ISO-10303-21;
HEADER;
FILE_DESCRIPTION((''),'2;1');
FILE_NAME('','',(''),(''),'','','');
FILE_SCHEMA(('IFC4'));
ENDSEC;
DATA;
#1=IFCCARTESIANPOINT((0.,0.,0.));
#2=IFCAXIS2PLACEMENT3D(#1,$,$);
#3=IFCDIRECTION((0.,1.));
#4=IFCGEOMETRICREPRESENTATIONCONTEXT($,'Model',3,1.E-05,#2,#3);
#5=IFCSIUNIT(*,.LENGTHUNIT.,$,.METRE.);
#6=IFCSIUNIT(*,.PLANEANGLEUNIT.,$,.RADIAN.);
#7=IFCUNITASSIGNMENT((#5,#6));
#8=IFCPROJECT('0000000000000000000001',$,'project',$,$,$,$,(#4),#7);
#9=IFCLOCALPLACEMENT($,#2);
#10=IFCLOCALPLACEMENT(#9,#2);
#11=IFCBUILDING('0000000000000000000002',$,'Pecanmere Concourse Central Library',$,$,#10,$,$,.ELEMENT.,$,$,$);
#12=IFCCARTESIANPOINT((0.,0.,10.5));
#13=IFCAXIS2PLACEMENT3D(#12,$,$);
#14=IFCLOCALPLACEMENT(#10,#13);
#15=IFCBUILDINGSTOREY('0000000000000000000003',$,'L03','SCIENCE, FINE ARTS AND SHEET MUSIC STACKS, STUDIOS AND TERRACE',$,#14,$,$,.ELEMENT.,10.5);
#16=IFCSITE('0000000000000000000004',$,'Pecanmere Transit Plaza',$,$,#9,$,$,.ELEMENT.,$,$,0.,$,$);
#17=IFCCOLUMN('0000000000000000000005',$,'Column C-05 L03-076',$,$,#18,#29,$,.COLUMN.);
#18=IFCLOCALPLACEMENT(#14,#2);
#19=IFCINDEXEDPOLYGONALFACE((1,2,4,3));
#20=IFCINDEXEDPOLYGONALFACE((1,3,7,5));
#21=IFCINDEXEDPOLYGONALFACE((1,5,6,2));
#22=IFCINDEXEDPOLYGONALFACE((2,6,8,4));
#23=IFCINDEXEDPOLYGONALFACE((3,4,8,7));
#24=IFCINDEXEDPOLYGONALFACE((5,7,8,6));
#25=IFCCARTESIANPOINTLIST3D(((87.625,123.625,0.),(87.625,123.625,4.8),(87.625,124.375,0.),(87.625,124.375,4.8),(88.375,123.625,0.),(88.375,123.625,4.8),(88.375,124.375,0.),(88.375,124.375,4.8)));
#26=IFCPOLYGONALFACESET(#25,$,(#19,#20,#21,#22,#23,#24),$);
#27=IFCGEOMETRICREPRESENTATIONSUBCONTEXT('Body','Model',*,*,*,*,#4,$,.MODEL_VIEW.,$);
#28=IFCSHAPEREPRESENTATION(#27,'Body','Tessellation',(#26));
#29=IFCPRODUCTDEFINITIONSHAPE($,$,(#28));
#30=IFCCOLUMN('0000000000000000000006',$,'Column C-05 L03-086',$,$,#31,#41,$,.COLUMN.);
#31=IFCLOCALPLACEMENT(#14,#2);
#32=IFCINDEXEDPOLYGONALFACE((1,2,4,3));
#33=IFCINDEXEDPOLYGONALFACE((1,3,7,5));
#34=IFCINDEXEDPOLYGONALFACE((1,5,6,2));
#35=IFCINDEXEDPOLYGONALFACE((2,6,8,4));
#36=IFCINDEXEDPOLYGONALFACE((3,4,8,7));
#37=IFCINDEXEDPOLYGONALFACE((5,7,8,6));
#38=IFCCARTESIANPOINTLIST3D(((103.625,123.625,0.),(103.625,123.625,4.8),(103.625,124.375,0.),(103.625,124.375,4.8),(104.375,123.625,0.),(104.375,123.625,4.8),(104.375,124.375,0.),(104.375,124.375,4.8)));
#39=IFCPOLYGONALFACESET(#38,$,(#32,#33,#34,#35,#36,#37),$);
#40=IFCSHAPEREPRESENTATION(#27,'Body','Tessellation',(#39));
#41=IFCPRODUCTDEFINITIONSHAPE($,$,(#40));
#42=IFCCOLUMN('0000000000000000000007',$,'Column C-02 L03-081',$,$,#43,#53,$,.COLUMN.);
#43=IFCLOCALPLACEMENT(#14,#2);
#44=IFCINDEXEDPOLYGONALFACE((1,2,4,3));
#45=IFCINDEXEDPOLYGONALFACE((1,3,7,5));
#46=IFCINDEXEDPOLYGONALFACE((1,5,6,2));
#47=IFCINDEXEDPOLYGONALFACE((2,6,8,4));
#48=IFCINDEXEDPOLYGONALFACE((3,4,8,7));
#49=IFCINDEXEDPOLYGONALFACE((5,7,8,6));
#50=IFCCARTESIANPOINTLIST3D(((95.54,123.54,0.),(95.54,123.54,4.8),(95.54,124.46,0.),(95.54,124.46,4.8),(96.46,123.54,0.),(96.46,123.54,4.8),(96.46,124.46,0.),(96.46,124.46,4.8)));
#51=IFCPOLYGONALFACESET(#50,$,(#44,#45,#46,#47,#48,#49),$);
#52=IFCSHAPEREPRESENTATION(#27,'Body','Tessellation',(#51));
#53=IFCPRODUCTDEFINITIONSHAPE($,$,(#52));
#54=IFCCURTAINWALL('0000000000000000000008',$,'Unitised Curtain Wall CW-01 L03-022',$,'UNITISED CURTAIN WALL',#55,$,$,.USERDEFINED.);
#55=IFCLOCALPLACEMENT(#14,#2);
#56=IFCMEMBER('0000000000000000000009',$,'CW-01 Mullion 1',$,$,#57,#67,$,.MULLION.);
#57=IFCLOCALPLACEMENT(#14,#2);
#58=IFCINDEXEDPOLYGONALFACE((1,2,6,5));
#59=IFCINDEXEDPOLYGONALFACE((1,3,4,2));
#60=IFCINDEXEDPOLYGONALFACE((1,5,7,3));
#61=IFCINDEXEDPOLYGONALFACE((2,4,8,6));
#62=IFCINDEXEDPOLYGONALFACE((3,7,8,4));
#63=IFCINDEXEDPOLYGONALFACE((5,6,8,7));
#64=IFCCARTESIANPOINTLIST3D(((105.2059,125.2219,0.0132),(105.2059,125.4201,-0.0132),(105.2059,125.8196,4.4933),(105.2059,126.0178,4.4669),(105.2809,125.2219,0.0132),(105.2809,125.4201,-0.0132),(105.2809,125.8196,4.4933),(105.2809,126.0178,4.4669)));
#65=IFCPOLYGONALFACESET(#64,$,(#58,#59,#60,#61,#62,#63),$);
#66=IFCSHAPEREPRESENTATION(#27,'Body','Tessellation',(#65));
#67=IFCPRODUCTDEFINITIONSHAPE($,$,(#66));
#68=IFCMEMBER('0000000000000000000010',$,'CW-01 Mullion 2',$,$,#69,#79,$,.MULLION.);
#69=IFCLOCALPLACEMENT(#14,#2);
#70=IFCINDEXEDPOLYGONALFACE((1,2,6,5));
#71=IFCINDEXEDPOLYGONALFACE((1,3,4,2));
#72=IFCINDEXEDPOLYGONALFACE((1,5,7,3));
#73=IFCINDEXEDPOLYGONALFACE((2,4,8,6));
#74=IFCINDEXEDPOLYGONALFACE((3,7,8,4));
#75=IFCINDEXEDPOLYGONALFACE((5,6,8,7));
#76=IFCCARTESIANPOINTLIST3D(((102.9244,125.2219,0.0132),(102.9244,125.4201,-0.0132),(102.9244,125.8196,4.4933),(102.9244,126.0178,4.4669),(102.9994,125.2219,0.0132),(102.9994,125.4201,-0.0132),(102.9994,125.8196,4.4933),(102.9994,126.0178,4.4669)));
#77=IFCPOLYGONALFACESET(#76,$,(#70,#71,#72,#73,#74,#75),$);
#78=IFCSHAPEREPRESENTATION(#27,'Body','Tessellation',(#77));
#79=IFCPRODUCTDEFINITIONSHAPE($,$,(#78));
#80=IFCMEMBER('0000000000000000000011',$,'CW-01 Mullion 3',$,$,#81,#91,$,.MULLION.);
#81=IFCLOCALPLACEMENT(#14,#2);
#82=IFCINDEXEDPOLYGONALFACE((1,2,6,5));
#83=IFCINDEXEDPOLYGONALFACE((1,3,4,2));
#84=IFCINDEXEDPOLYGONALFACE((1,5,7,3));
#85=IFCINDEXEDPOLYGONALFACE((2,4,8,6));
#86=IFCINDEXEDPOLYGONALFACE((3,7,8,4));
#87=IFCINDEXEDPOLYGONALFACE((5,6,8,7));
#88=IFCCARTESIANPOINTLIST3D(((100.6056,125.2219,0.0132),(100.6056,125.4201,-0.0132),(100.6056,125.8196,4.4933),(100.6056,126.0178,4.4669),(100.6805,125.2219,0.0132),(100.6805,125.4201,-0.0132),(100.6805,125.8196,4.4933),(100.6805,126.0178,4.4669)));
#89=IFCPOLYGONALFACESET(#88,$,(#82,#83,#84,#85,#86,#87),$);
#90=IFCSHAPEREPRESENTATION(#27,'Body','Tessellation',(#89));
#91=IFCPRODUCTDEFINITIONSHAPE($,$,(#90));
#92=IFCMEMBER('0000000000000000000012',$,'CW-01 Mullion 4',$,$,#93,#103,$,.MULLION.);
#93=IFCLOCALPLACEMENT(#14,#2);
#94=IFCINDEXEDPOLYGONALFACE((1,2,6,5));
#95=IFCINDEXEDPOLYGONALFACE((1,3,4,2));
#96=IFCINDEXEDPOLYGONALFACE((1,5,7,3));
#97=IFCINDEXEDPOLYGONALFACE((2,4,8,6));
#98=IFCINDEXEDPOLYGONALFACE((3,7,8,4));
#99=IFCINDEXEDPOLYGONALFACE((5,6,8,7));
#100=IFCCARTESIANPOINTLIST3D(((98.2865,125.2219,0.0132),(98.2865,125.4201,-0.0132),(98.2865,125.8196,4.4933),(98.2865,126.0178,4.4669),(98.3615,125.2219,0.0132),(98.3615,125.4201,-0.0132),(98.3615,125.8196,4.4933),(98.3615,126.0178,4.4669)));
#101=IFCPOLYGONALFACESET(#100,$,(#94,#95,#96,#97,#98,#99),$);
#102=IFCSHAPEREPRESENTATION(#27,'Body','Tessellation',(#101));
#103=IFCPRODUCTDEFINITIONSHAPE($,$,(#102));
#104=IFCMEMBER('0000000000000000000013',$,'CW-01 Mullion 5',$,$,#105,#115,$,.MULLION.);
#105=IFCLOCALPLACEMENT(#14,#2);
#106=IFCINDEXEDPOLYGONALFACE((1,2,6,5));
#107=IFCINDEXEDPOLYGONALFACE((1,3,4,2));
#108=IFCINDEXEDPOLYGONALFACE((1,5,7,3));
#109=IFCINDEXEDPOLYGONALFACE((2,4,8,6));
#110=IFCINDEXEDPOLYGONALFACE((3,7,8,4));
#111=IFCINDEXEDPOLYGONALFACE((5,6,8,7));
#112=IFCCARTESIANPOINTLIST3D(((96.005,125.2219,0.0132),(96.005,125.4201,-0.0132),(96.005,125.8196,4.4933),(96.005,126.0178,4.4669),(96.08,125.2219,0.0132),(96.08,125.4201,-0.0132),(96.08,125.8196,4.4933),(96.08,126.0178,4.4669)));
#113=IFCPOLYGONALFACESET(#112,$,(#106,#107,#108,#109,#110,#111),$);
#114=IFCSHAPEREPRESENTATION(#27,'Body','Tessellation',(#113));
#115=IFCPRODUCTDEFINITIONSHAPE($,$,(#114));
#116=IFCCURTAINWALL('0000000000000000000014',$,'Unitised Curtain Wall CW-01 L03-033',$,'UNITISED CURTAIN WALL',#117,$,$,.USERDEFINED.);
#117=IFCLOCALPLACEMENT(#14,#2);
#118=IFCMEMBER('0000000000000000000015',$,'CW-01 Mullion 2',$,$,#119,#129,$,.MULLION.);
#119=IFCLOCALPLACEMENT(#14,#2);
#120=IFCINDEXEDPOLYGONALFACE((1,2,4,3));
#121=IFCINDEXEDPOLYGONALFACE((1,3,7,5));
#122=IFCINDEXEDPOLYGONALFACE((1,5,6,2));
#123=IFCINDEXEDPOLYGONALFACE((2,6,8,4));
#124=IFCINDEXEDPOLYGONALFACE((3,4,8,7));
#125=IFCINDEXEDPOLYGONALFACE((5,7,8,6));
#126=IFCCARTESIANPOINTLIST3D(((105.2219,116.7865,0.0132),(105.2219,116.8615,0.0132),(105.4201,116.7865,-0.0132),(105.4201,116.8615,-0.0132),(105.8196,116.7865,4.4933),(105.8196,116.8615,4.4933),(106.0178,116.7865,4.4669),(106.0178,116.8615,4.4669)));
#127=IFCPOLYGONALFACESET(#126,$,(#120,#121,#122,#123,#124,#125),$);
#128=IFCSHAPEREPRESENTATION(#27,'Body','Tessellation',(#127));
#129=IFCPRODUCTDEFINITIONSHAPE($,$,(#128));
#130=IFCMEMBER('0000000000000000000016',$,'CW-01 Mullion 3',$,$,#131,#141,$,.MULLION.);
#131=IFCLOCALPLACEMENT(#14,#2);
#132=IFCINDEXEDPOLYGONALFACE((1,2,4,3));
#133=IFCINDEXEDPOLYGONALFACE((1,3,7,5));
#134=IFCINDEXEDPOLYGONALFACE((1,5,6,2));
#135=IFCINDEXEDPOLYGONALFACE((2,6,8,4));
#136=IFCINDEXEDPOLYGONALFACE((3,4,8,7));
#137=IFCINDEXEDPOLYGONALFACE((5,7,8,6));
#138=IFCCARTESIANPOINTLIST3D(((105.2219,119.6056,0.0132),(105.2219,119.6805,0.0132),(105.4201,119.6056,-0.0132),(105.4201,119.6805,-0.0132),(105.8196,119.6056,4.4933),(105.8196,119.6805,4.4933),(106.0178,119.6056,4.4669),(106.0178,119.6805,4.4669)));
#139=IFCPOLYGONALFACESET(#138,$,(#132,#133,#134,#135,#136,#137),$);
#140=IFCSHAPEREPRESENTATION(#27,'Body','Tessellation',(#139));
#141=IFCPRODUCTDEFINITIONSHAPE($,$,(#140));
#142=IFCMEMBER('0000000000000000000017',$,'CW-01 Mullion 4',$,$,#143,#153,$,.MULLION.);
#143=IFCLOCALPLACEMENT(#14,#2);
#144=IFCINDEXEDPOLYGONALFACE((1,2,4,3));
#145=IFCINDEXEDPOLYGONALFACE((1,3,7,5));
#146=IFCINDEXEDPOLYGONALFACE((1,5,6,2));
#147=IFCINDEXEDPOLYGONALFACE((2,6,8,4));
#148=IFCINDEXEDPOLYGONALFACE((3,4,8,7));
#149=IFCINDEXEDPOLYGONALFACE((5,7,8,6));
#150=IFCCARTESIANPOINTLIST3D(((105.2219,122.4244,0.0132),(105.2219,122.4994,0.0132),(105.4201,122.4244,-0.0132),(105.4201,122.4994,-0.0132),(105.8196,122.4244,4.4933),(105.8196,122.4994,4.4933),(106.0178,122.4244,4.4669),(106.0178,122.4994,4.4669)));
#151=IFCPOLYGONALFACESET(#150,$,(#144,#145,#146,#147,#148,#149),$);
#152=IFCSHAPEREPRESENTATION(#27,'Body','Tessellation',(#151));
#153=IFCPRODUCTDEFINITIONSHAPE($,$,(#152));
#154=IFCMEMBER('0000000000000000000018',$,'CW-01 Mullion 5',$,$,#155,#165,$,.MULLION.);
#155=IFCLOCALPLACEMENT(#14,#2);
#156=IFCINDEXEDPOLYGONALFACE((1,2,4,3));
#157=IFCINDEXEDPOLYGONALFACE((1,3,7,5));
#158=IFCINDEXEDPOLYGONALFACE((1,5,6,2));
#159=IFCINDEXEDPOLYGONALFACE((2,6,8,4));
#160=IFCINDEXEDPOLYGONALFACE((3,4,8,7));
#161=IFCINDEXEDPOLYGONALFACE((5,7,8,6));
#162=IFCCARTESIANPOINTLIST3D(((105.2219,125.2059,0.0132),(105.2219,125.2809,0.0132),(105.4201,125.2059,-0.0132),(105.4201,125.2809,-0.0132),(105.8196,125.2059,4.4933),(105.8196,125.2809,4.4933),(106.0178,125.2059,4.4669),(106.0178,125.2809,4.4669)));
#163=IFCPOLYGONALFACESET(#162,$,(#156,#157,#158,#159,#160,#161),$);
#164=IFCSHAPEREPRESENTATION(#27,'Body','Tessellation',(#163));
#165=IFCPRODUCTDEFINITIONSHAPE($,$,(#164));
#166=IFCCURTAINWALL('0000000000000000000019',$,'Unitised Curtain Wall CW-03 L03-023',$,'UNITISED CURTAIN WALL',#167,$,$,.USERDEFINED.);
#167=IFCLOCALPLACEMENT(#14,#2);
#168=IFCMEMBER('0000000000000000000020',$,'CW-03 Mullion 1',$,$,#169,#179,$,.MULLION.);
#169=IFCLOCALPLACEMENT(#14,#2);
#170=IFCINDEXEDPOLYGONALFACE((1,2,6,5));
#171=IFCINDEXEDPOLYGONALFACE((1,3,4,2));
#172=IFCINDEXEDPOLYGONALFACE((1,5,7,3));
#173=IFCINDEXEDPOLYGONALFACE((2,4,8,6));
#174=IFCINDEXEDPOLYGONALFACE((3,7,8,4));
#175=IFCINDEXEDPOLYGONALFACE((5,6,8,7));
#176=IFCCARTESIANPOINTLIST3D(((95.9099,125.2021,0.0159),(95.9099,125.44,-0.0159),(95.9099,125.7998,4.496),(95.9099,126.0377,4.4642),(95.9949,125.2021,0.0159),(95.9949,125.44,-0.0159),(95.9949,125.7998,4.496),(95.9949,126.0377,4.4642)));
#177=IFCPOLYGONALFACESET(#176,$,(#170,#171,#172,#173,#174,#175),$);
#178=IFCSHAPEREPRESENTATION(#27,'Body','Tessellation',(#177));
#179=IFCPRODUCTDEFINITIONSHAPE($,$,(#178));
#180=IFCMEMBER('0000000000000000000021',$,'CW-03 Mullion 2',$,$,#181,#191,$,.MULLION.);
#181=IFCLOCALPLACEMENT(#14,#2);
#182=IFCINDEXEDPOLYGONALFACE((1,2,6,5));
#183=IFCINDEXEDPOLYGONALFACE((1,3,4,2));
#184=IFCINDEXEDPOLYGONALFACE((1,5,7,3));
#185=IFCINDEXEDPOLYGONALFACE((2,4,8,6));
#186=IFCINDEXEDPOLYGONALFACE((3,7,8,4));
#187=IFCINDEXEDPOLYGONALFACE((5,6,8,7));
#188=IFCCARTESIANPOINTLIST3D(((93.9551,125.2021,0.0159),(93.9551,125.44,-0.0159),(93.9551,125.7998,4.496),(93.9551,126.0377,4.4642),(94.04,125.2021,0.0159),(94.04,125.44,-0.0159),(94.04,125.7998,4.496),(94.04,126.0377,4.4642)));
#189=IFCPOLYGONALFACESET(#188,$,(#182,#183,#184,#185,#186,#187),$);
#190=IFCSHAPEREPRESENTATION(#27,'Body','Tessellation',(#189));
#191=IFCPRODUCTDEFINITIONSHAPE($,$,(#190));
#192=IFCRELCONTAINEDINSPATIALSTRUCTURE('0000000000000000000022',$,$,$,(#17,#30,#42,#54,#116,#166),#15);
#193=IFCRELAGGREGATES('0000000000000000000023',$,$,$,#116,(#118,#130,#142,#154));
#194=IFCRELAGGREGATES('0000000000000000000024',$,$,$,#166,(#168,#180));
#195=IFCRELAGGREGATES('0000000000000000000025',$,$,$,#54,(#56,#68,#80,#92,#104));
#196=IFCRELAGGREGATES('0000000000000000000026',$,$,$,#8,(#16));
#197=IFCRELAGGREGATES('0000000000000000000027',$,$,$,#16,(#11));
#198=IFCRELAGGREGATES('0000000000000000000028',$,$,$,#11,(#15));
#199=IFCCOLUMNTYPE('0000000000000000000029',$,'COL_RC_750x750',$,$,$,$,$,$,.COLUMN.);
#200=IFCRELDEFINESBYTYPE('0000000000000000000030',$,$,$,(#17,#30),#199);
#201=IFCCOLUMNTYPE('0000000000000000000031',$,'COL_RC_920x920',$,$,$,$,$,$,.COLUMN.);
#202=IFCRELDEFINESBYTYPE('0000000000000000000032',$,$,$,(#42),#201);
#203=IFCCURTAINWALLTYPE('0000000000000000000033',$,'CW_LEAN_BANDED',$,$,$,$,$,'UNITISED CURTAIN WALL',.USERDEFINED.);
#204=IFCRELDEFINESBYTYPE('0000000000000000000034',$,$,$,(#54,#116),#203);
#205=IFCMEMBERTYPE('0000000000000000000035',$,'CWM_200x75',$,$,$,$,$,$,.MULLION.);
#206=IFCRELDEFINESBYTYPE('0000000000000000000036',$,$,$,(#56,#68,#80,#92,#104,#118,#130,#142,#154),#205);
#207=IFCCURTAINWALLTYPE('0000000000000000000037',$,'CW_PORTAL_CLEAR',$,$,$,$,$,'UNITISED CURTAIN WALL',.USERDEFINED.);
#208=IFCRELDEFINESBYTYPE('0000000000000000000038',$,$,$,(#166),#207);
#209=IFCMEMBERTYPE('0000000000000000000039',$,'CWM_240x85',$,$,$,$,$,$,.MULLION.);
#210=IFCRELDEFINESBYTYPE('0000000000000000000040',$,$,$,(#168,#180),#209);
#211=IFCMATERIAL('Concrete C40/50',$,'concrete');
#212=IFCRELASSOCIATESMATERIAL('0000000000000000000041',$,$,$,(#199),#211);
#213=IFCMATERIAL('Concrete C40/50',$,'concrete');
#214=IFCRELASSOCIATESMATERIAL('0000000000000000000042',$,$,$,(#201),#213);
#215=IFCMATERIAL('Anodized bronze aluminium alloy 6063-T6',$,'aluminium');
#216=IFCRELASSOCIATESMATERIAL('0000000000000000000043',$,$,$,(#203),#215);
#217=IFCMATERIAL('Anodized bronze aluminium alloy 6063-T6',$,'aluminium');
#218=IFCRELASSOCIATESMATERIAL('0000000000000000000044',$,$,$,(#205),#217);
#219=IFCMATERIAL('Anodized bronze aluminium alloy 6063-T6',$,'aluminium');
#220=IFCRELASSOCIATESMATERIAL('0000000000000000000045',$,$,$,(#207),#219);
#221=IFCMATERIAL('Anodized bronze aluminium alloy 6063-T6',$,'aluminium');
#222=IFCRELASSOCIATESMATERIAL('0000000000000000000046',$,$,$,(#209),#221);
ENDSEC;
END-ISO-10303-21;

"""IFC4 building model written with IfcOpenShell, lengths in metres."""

from ifc_helpers import new_model, si_unit, direction, frame, origin, origin_2d, place, context, subcontext, project, spatial, rectangle, extrude, material, material_profile, profile_set, type_object, element, aggregate, save


model = new_model("IFC4")

# Units and contexts
model_context = context("Model", 3, precision=1e-05, world=origin(), true_north=direction((0.0, 1.0)))
body_context = subcontext(model_context, "Body", "Model", "MODEL_VIEW")
ifc_project = project(units=[si_unit("LENGTHUNIT", "METRE"), si_unit("PLANEANGLEUNIT", "RADIAN")], contexts=[model_context])

# Site, building, storey
site_placement = place(None, origin())
site = spatial("IfcSite", under=ifc_project, at=site_placement, Name="Pecanmere Transit Plaza", CompositionType="ELEMENT", RefElevation=0.0)
building_placement = place(site_placement, origin())
building = spatial("IfcBuilding", under=site, at=building_placement, Name="Pecanmere Concourse Central Library", CompositionType="ELEMENT")
storey_placement = place(building_placement, frame((0.0, 0.0, 10.5)))
storey = spatial("IfcBuildingStorey", under=building, at=storey_placement, Name="L03", Description="SCIENCE, FINE ARTS AND SHEET MUSIC STACKS, STUDIOS AND TERRACE", CompositionType="ELEMENT", Elevation=10.5)

# Columns
ifc_material_1 = material(Name="Concrete C40/50", Category="concrete")
ifc_material_profile_1 = material_profile(ifc_material_1, rectangle(XDim=0.75, YDim=0.75, at=origin_2d()), Name="RC 750x750")
ifc_profile_set_1 = profile_set([ifc_material_profile_1], Name="Concrete C40/50")
column_type_1 = type_object("IfcColumnType", Name="COL_RC_750x750", PredefinedType="COLUMN", material=ifc_profile_set_1)
for number, where, z_axis, x_axis, name in (
    (1, (88.0, 124.0, 0.0), (0.0, 0.0, 1.0), (1.0, 0.0, 0.0), "Column C-05 L03-076"),
    (2, (104.0, 124.0, 0.0), (0.0, 0.0, 1.0), (1.0, 0.0, 0.0), "Column C-05 L03-086"),
):
    element("IfcColumn", number, at=place(storey_placement, frame(where, z_axis=z_axis, x_axis=x_axis)), inside=storey, type_object=column_type_1, Name=name, PredefinedType="COLUMN", context=body_context, shape_type="SweptSolid", body=[
        extrude(rectangle(XDim=0.75, YDim=0.75, at=origin_2d()), origin(), (0.0, 0.0, 1.0), 4.8),
    ])
ifc_material_2 = material(Name="Concrete C40/50", Category="concrete")
ifc_material_profile_2 = material_profile(ifc_material_2, rectangle(XDim=0.9199, YDim=0.9199, at=origin_2d()), Name="RC 920x920")
ifc_profile_set_2 = profile_set([ifc_material_profile_2], Name="Concrete C40/50")
column_type_2 = type_object("IfcColumnType", Name="COL_RC_920x920", PredefinedType="COLUMN", material=ifc_profile_set_2)
column_placement = place(storey_placement, frame((96.0, 124.0, 0.0), z_axis=(0.0, 0.0, 1.0), x_axis=(1.0, 0.0, 0.0)))
element("IfcColumn", 3, at=column_placement, inside=storey, type_object=column_type_2, Name="Column C-02 L03-081", PredefinedType="COLUMN", context=body_context, shape_type="SweptSolid", body=[
    extrude(rectangle(XDim=0.9199, YDim=0.9199, at=origin_2d()), origin(), (0.0, 0.0, 1.0), 4.8),
])

# Curtain walls, members
ifc_material_3 = material(Name="Anodized bronze aluminium alloy 6063-T6", Category="aluminium")
curtain_wall_type_1 = type_object("IfcCurtainWallType", Name="CW_LEAN_BANDED", ElementType="UNITISED CURTAIN WALL", PredefinedType="USERDEFINED", material=ifc_material_3)
curtain_wall_1_placement = place(storey_placement, origin())
curtain_wall_1 = element("IfcCurtainWall", 4, at=curtain_wall_1_placement, inside=storey, type_object=curtain_wall_type_1, Name="Unitised Curtain Wall CW-01 L03-022", ObjectType="UNITISED CURTAIN WALL", PredefinedType="USERDEFINED")
ifc_material_4 = material(Name="Anodized bronze aluminium alloy 6063-T6", Category="aluminium")
ifc_material_profile_3 = material_profile(ifc_material_4, rectangle(XDim=0.075, YDim=0.2, at=origin_2d()), Name="AL 75x200")
ifc_profile_set_3 = profile_set([ifc_material_profile_3], Name="Anodized bronze aluminium alloy 6063-T6")
member_type_1 = type_object("IfcMemberType", Name="CWM_200x75", PredefinedType="MULLION", material=ifc_profile_set_3)
member_1_placement = place(storey_placement, frame((105.2434, 125.321, 0.0), z_axis=(0.0, 0.132234, 0.991218), x_axis=(-1.0, 0.0, 0.0)))
member_1 = element("IfcMember", 5, at=member_1_placement, type_object=member_type_1, Name="CW-01 Mullion 1", PredefinedType="MULLION", context=body_context, shape_type="SweptSolid", body=[
    extrude(rectangle(XDim=0.075, YDim=0.2, at=origin_2d()), origin(), (0.0, 0.0, 1.0), 4.5198),
])
member_2_placement = place(storey_placement, frame((102.9619, 125.321, 0.0), z_axis=(0.0, 0.132234, 0.991218), x_axis=(-1.0, 0.0, 0.0)))
member_2 = element("IfcMember", 6, at=member_2_placement, type_object=member_type_1, Name="CW-01 Mullion 2", PredefinedType="MULLION", context=body_context, shape_type="SweptSolid", body=[
    extrude(rectangle(XDim=0.075, YDim=0.2, at=origin_2d()), origin(), (0.0, 0.0, 1.0), 4.5198),
])
member_3_placement = place(storey_placement, frame((100.6431, 125.321, 0.0), z_axis=(0.0, 0.132234, 0.991218), x_axis=(-1.0, 0.0, 0.0)))
member_3 = element("IfcMember", 7, at=member_3_placement, type_object=member_type_1, Name="CW-01 Mullion 3", PredefinedType="MULLION", context=body_context, shape_type="SweptSolid", body=[
    extrude(rectangle(XDim=0.075, YDim=0.2, at=origin_2d()), origin(), (0.0, 0.0, 1.0), 4.5198),
])
member_4_placement = place(storey_placement, frame((98.324, 125.321, 0.0), z_axis=(0.0, 0.132234, 0.991218), x_axis=(-1.0, 0.0, 0.0)))
member_4 = element("IfcMember", 8, at=member_4_placement, type_object=member_type_1, Name="CW-01 Mullion 4", PredefinedType="MULLION", context=body_context, shape_type="SweptSolid", body=[
    extrude(rectangle(XDim=0.075, YDim=0.2, at=origin_2d()), origin(), (0.0, 0.0, 1.0), 4.5198),
])
member_5_placement = place(storey_placement, frame((96.0425, 125.321, 0.0), z_axis=(0.0, 0.132234, 0.991218), x_axis=(-1.0, 0.0, 0.0)))
member_5 = element("IfcMember", 9, at=member_5_placement, type_object=member_type_1, Name="CW-01 Mullion 5", PredefinedType="MULLION", context=body_context, shape_type="SweptSolid", body=[
    extrude(rectangle(XDim=0.075, YDim=0.2, at=origin_2d()), origin(), (0.0, 0.0, 1.0), 4.5198),
])
curtain_wall_2_placement = place(storey_placement, origin())
curtain_wall_2 = element("IfcCurtainWall", 10, at=curtain_wall_2_placement, inside=storey, type_object=curtain_wall_type_1, Name="Unitised Curtain Wall CW-01 L03-033", ObjectType="UNITISED CURTAIN WALL", PredefinedType="USERDEFINED")
member_6_placement = place(storey_placement, frame((105.321, 116.824, 0.0), z_axis=(0.132234, 0.0, 0.991218), x_axis=(0.0, 1.0, 0.0)))
member_6 = element("IfcMember", 11, at=member_6_placement, type_object=member_type_1, Name="CW-01 Mullion 2", PredefinedType="MULLION", context=body_context, shape_type="SweptSolid", body=[
    extrude(rectangle(XDim=0.075, YDim=0.2, at=origin_2d()), origin(), (0.0, 0.0, 1.0), 4.5198),
])
member_7_placement = place(storey_placement, frame((105.321, 119.6431, 0.0), z_axis=(0.132234, 0.0, 0.991218), x_axis=(0.0, 1.0, 0.0)))
member_7 = element("IfcMember", 12, at=member_7_placement, type_object=member_type_1, Name="CW-01 Mullion 3", PredefinedType="MULLION", context=body_context, shape_type="SweptSolid", body=[
    extrude(rectangle(XDim=0.075, YDim=0.2, at=origin_2d()), origin(), (0.0, 0.0, 1.0), 4.5198),
])
member_8_placement = place(storey_placement, frame((105.321, 122.4619, 0.0), z_axis=(0.132234, 0.0, 0.991218), x_axis=(0.0, 1.0, 0.0)))
member_8 = element("IfcMember", 13, at=member_8_placement, type_object=member_type_1, Name="CW-01 Mullion 4", PredefinedType="MULLION", context=body_context, shape_type="SweptSolid", body=[
    extrude(rectangle(XDim=0.075, YDim=0.2, at=origin_2d()), origin(), (0.0, 0.0, 1.0), 4.5198),
])
member_9_placement = place(storey_placement, frame((105.321, 125.2434, 0.0), z_axis=(0.132234, 0.0, 0.991218), x_axis=(0.0, 1.0, 0.0)))
member_9 = element("IfcMember", 14, at=member_9_placement, type_object=member_type_1, Name="CW-01 Mullion 5", PredefinedType="MULLION", context=body_context, shape_type="SweptSolid", body=[
    extrude(rectangle(XDim=0.075, YDim=0.2, at=origin_2d()), origin(), (0.0, 0.0, 1.0), 4.5198),
])
aggregate(curtain_wall_2, [member_6, member_7, member_8, member_9])
ifc_material_5 = material(Name="Anodized bronze aluminium alloy 6063-T6", Category="aluminium")
curtain_wall_type_2 = type_object("IfcCurtainWallType", Name="CW_PORTAL_CLEAR", ElementType="UNITISED CURTAIN WALL", PredefinedType="USERDEFINED", material=ifc_material_5)
curtain_wall_3_placement = place(storey_placement, origin())
curtain_wall_3 = element("IfcCurtainWall", 15, at=curtain_wall_3_placement, inside=storey, type_object=curtain_wall_type_2, Name="Unitised Curtain Wall CW-03 L03-023", ObjectType="UNITISED CURTAIN WALL", PredefinedType="USERDEFINED")
ifc_material_6 = material(Name="Anodized bronze aluminium alloy 6063-T6", Category="aluminium")
ifc_material_profile_4 = material_profile(ifc_material_6, rectangle(XDim=0.085, YDim=0.24, at=origin_2d()), Name="AL 85x240")
ifc_profile_set_4 = profile_set([ifc_material_profile_4], Name="Anodized bronze aluminium alloy 6063-T6")
member_type_2 = type_object("IfcMemberType", Name="CWM_240x85", PredefinedType="MULLION", material=ifc_profile_set_4)
member_10_placement = place(storey_placement, frame((95.9524, 125.321, 0.0), z_axis=(0.0, 0.132234, 0.991218), x_axis=(-1.0, 0.0, 0.0)))
member_10 = element("IfcMember", 16, at=member_10_placement, type_object=member_type_2, Name="CW-03 Mullion 1", PredefinedType="MULLION", context=body_context, shape_type="SweptSolid", body=[
    extrude(rectangle(XDim=0.085, YDim=0.24, at=origin_2d()), origin(), (0.0, 0.0, 1.0), 4.5198),
])
member_11_placement = place(storey_placement, frame((93.9976, 125.321, 0.0), z_axis=(0.0, 0.132234, 0.991218), x_axis=(-1.0, 0.0, 0.0)))
member_11 = element("IfcMember", 17, at=member_11_placement, type_object=member_type_2, Name="CW-03 Mullion 2", PredefinedType="MULLION", context=body_context, shape_type="SweptSolid", body=[
    extrude(rectangle(XDim=0.085, YDim=0.24, at=origin_2d()), origin(), (0.0, 0.0, 1.0), 4.5198),
])
aggregate(curtain_wall_3, [member_10, member_11])

aggregate(curtain_wall_1, [member_1, member_2, member_3, member_4, member_5])

save(model, "model.ifc")
